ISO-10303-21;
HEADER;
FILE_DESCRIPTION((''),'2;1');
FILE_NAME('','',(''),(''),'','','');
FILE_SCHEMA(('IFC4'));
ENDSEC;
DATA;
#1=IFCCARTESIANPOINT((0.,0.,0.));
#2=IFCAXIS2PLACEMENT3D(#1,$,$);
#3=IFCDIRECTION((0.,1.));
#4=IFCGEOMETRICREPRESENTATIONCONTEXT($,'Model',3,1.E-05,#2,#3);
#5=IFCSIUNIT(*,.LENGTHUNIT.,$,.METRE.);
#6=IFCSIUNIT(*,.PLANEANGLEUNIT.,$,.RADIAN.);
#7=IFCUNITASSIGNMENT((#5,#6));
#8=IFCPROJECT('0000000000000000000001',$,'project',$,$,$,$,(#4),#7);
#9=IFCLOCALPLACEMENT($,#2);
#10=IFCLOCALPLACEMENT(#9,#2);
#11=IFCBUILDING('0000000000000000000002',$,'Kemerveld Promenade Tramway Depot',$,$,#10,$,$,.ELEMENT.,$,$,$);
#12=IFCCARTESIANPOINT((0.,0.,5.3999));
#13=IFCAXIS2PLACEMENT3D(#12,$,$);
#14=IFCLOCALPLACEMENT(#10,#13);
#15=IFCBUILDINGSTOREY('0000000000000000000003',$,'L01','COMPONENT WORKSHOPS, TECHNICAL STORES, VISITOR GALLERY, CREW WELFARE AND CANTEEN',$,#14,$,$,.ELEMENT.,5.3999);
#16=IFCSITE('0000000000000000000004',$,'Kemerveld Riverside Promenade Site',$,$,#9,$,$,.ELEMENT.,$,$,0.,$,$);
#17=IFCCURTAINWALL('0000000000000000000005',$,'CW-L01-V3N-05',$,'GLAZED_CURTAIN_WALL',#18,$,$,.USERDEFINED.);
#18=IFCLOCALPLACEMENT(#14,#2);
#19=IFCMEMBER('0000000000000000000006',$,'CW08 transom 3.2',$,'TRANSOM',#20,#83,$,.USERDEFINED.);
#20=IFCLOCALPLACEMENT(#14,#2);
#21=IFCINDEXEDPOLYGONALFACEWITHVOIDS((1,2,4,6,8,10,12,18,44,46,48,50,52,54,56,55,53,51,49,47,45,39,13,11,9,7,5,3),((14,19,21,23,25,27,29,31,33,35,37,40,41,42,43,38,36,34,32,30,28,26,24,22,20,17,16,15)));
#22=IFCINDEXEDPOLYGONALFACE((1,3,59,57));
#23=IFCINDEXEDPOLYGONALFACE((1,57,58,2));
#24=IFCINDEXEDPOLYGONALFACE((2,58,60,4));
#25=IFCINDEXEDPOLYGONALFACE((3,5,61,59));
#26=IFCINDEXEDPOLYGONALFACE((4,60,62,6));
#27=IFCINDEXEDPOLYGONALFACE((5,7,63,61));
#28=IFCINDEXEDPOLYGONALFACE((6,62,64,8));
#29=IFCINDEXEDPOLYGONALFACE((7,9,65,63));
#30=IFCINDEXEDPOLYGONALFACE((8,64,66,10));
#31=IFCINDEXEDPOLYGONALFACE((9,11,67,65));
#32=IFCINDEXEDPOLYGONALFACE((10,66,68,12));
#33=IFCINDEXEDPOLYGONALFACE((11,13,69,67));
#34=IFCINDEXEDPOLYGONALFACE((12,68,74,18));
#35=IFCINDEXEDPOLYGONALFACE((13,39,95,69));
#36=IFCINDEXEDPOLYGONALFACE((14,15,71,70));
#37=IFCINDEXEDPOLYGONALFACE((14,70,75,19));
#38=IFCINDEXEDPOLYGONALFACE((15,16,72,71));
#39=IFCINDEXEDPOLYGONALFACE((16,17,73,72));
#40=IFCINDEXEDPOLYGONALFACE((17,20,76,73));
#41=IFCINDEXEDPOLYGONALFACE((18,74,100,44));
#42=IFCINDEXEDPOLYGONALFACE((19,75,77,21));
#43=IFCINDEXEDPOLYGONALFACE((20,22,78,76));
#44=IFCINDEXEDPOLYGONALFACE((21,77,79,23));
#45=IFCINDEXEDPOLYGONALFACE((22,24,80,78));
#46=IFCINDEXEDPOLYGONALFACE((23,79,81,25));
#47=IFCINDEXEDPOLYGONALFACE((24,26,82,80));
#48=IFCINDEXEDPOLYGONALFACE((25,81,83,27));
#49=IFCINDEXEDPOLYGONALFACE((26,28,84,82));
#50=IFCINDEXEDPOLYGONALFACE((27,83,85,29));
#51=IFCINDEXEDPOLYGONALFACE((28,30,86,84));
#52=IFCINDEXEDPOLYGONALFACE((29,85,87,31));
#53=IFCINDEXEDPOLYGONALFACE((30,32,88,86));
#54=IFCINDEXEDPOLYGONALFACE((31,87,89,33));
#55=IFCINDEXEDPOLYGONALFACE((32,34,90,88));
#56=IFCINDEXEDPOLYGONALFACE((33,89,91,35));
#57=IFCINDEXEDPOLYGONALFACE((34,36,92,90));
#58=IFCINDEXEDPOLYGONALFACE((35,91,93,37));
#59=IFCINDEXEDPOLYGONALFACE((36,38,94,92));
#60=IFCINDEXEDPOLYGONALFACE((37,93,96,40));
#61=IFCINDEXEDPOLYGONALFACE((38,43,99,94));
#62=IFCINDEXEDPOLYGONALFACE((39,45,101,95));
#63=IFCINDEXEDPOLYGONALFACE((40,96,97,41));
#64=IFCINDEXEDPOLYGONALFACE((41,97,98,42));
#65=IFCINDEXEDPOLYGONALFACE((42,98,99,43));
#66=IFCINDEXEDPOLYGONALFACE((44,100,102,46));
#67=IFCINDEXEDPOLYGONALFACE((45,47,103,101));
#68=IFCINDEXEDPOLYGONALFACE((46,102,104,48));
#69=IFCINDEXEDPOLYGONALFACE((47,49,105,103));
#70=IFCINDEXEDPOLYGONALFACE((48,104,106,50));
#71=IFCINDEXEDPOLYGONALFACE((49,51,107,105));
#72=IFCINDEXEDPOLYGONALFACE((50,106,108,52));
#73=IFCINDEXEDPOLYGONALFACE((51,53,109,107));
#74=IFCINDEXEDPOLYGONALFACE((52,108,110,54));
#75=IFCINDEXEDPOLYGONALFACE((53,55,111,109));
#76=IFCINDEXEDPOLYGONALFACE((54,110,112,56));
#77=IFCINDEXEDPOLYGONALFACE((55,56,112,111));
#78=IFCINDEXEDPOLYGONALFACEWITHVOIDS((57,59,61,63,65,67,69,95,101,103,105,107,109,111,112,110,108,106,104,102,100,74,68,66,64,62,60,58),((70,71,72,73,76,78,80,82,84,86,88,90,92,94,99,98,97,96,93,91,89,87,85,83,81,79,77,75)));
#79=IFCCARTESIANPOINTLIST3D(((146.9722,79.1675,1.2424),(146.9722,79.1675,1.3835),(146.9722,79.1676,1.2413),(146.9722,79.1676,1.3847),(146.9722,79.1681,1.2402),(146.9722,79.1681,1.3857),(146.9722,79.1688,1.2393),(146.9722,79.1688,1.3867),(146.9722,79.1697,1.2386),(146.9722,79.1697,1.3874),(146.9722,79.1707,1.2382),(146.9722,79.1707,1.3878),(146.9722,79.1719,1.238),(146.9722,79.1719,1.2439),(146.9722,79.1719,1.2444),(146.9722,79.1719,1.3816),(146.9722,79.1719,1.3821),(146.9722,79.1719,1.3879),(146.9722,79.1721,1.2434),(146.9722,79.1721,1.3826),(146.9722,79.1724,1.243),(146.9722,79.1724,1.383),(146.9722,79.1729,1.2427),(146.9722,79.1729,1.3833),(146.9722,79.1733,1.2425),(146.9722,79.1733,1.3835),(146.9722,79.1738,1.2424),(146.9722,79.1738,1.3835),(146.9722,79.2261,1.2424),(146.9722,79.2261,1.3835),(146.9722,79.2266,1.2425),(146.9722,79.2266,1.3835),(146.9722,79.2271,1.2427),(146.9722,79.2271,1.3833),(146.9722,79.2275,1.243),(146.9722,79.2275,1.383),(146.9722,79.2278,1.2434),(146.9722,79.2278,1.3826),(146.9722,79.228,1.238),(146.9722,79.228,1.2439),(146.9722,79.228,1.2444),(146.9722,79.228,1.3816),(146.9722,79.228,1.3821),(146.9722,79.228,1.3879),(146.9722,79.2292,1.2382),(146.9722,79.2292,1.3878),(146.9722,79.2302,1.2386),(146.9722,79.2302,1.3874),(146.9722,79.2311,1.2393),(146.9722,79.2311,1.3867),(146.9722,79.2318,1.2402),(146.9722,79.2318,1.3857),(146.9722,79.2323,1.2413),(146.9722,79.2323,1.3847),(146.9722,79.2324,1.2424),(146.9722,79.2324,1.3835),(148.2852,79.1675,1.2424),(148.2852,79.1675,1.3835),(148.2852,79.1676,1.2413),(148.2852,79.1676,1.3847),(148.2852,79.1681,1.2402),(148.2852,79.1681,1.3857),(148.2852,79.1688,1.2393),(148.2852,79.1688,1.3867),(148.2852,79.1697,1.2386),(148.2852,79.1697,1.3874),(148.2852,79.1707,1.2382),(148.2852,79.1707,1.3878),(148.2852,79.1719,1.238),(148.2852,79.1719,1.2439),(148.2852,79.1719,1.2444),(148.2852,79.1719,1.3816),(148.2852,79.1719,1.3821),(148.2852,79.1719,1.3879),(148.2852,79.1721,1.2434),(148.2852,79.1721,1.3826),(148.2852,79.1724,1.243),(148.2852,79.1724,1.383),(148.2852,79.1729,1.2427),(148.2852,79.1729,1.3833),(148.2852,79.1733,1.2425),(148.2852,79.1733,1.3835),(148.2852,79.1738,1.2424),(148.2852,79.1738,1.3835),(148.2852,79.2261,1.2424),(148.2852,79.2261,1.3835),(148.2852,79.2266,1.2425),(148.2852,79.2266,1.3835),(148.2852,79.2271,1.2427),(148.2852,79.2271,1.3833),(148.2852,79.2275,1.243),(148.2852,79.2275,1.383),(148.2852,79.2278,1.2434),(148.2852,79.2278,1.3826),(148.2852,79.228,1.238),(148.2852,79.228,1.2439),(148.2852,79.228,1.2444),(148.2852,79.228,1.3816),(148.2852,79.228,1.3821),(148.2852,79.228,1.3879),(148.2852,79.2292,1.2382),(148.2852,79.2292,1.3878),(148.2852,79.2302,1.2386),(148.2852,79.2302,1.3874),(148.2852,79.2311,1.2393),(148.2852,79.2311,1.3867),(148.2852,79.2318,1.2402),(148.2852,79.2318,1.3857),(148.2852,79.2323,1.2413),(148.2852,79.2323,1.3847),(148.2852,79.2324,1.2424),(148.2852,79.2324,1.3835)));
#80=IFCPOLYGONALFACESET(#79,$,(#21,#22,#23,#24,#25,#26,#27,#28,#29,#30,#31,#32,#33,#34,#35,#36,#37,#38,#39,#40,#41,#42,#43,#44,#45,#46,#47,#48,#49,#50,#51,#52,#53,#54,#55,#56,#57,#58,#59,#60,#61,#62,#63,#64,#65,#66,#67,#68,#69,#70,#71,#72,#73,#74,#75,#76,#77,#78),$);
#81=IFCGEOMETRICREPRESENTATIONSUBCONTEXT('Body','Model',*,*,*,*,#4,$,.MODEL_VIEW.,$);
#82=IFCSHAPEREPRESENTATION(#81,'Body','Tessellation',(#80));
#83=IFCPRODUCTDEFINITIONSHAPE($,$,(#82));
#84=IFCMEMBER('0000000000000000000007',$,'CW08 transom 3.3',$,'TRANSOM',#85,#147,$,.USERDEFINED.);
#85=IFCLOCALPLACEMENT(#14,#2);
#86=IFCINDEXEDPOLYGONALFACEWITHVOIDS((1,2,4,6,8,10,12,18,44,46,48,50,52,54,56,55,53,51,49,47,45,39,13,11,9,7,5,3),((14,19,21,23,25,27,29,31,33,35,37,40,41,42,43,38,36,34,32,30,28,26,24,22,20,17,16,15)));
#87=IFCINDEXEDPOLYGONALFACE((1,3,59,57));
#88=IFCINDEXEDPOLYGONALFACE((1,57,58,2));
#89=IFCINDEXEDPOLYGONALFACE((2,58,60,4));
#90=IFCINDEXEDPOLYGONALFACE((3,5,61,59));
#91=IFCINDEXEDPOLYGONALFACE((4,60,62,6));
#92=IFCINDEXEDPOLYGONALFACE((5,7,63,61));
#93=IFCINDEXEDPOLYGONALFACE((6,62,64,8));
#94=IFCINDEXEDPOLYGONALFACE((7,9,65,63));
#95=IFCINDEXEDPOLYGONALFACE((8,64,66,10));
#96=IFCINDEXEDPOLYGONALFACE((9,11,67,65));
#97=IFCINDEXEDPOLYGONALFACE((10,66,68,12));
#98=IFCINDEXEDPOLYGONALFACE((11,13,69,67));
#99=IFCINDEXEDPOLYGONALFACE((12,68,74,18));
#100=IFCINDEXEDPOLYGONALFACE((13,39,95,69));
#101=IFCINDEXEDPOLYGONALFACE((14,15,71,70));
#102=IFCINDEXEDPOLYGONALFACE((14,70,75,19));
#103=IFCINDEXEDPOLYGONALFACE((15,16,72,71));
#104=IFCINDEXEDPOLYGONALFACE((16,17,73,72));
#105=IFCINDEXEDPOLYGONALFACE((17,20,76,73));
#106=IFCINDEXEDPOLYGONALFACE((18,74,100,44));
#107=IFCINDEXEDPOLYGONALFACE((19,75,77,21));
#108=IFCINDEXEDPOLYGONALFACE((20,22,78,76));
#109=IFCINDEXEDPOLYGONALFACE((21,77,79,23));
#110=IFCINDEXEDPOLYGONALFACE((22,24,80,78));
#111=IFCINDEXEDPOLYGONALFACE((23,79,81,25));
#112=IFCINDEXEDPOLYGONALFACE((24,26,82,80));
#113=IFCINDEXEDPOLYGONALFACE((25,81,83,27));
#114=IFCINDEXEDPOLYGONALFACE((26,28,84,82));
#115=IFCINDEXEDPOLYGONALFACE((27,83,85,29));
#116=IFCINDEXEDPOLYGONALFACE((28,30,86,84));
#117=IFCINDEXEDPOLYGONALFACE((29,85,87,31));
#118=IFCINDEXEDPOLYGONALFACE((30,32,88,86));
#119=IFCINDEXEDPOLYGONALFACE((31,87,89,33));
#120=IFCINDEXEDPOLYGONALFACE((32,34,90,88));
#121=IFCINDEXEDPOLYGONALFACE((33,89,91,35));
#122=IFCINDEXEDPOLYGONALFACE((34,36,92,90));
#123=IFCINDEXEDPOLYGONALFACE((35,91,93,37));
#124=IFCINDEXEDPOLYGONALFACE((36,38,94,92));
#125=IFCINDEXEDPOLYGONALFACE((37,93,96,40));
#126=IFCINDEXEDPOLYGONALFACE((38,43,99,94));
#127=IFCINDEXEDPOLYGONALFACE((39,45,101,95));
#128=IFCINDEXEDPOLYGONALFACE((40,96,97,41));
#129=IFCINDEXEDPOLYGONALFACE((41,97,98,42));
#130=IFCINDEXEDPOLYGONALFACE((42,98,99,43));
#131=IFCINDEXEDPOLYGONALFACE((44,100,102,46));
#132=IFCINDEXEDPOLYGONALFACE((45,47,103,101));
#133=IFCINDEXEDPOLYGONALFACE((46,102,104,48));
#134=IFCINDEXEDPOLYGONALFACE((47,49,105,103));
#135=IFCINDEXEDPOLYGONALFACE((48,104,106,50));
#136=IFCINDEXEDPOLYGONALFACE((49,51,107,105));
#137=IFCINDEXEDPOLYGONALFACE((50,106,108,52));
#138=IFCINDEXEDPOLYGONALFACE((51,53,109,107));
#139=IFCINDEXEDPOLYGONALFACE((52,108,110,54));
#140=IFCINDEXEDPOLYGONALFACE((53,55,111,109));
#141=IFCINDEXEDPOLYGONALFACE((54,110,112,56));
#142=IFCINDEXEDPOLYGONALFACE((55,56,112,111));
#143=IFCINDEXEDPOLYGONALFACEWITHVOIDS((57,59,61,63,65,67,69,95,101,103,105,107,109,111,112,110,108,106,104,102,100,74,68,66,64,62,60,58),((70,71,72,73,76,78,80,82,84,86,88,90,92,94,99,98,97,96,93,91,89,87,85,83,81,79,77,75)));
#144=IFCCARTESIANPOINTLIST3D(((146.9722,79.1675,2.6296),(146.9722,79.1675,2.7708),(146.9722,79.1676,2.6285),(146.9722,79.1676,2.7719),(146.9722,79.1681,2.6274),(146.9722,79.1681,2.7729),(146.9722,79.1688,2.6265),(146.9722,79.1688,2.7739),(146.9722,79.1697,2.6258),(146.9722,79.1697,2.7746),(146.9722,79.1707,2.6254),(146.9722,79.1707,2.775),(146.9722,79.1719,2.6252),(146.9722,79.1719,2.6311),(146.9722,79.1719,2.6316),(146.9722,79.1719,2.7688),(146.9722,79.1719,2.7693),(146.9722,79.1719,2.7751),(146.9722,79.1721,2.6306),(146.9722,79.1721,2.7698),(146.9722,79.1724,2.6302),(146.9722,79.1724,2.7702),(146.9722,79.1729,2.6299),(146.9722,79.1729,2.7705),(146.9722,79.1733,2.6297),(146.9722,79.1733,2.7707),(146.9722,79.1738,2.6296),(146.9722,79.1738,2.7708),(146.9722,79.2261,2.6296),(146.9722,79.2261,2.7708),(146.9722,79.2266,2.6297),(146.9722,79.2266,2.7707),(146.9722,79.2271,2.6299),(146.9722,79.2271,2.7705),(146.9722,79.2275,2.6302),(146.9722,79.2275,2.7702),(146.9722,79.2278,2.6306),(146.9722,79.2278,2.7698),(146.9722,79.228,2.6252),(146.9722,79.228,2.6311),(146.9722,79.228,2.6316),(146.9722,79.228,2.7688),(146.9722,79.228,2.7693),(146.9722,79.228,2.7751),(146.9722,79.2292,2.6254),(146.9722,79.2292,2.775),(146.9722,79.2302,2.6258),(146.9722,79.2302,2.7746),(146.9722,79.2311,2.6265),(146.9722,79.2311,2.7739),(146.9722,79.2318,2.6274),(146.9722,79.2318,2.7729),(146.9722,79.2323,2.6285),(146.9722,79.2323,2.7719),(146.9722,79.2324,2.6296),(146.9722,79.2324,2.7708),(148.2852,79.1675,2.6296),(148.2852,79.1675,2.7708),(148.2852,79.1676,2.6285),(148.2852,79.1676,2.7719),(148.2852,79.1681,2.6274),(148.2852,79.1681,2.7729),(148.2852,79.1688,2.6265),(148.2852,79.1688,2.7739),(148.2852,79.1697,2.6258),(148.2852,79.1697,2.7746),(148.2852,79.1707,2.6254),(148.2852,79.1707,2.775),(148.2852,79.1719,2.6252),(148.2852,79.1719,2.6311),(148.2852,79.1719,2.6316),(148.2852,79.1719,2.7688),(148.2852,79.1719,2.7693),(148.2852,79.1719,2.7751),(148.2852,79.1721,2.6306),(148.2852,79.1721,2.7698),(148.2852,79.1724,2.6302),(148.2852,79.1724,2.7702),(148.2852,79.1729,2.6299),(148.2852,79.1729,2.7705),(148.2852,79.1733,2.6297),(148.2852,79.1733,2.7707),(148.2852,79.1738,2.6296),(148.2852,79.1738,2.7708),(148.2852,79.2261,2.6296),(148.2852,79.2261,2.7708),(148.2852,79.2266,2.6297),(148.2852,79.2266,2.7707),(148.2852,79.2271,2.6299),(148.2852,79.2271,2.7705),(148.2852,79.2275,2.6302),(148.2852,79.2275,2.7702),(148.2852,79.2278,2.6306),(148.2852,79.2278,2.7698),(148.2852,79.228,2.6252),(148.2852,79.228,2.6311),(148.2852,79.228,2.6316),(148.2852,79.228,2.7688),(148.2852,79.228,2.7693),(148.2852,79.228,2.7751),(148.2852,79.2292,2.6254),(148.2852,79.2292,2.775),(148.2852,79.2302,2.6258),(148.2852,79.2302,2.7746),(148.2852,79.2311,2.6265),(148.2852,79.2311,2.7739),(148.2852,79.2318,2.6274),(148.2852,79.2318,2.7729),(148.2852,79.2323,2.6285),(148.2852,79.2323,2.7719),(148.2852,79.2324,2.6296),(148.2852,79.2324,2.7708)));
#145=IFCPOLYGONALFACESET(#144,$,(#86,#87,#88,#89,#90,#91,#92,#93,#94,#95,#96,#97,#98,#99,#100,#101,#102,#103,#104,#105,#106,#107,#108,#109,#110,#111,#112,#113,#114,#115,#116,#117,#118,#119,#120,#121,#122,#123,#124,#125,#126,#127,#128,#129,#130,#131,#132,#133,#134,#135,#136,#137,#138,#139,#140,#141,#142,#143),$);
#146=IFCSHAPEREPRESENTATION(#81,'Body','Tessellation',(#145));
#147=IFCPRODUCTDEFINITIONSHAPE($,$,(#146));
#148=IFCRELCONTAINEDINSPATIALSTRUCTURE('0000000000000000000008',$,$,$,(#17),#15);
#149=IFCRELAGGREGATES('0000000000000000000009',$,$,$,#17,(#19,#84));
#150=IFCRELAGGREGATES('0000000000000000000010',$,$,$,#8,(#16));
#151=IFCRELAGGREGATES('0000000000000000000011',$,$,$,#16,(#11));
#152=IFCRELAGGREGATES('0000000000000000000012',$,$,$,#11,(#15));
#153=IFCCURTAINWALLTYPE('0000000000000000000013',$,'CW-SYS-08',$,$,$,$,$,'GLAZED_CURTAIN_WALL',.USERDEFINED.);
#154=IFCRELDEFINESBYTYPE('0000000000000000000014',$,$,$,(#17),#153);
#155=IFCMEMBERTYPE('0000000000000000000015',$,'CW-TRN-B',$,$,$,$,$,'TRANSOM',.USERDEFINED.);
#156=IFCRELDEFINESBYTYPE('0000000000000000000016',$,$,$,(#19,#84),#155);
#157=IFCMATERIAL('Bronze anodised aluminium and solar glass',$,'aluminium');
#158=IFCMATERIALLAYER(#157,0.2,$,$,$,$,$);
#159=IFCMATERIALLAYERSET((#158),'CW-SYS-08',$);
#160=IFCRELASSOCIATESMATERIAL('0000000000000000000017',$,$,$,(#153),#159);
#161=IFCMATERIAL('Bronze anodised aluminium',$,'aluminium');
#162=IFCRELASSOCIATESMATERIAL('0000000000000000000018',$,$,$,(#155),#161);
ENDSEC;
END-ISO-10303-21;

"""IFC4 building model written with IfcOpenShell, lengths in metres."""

from ifc_helpers import new_model, si_unit, direction, frame, origin, origin_2d, place, context, subcontext, project, spatial, hollow_rectangle, extrude, material, layer, layer_set, material_profile, profile_set, type_object, element, aggregate, save


model = new_model("IFC4")

# Units and contexts
model_context = context("Model", 3, precision=1e-05, world=origin(), true_north=direction((0.0, 1.0)))
body_context = subcontext(model_context, "Body", "Model", "MODEL_VIEW")
ifc_project = project(units=[si_unit("LENGTHUNIT", "METRE"), si_unit("PLANEANGLEUNIT", "RADIAN")], contexts=[model_context])

# Site, building, storey
site_placement = place(None, origin())
site = spatial("IfcSite", under=ifc_project, at=site_placement, Name="Kemerveld Riverside Promenade Site", CompositionType="ELEMENT", RefElevation=0.0)
building_placement = place(site_placement, origin())
building = spatial("IfcBuilding", under=site, at=building_placement, Name="Kemerveld Promenade Tramway Depot", CompositionType="ELEMENT")
storey_placement = place(building_placement, frame((0.0, 0.0, 5.3999)))
storey = spatial("IfcBuildingStorey", under=building, at=storey_placement, Name="L01", Description="COMPONENT WORKSHOPS, TECHNICAL STORES, VISITOR GALLERY, CREW WELFARE AND CANTEEN", CompositionType="ELEMENT", Elevation=5.3999)

# Curtain wall, members
ifc_material_1 = material(Name="Bronze anodised aluminium and solar glass", Category="aluminium")
ifc_layer_1 = layer(ifc_material_1, 0.2)
ifc_layer_set_1 = layer_set([ifc_layer_1], Name="CW-SYS-08")
curtain_wall_type = type_object("IfcCurtainWallType", Name="CW-SYS-08", ElementType="GLAZED_CURTAIN_WALL", PredefinedType="USERDEFINED", material=ifc_layer_set_1)
curtain_wall_placement = place(storey_placement, origin())
curtain_wall = element("IfcCurtainWall", 1, at=curtain_wall_placement, inside=storey, type_object=curtain_wall_type, Name="CW-L01-V3N-05", ObjectType="GLAZED_CURTAIN_WALL", PredefinedType="USERDEFINED")
ifc_material_2 = material(Name="Bronze anodised aluminium", Category="aluminium")
ifc_material_profile_1 = material_profile(ifc_material_2, hollow_rectangle(XDim=0.0649, YDim=0.1499, WallThickness=0.0044, InnerFilletRadius=0.002, OuterFilletRadius=0.0044, at=origin_2d()), Name="CW-TRN-150x65")
ifc_profile_set_1 = profile_set([ifc_material_profile_1], Name="Bronze anodised aluminium")
member_type_1 = type_object("IfcMemberType", Name="CW-TRN-B", ElementType="TRANSOM", PredefinedType="USERDEFINED", material=ifc_profile_set_1)
member_1_placement = place(storey_placement, frame((146.9722, 79.2, 1.313), z_axis=(1.0, 0.0, 0.0), x_axis=(0.0, 1.0, 0.0)))
member_1 = element("IfcMember", 2, at=member_1_placement, type_object=member_type_1, Name="CW08 transom 3.2", ObjectType="TRANSOM", PredefinedType="USERDEFINED", context=body_context, shape_type="SweptSolid", body=[
    extrude(hollow_rectangle(XDim=0.0649, YDim=0.1499, WallThickness=0.0044, InnerFilletRadius=0.002, OuterFilletRadius=0.0044, at=origin_2d()), origin(), (0.0, 0.0, 1.0), 1.313),
])
member_2_placement = place(storey_placement, frame((146.9722, 79.2, 2.7002), z_axis=(1.0, 0.0, 0.0), x_axis=(0.0, 1.0, 0.0)))
member_2 = element("IfcMember", 3, at=member_2_placement, type_object=member_type_1, Name="CW08 transom 3.3", ObjectType="TRANSOM", PredefinedType="USERDEFINED", context=body_context, shape_type="SweptSolid", body=[
    extrude(hollow_rectangle(XDim=0.0649, YDim=0.1499, WallThickness=0.0044, InnerFilletRadius=0.002, OuterFilletRadius=0.0044, at=origin_2d()), origin(), (0.0, 0.0, 1.0), 1.313),
])
aggregate(curtain_wall, [member_1, member_2])

save(model, "model.ifc")
